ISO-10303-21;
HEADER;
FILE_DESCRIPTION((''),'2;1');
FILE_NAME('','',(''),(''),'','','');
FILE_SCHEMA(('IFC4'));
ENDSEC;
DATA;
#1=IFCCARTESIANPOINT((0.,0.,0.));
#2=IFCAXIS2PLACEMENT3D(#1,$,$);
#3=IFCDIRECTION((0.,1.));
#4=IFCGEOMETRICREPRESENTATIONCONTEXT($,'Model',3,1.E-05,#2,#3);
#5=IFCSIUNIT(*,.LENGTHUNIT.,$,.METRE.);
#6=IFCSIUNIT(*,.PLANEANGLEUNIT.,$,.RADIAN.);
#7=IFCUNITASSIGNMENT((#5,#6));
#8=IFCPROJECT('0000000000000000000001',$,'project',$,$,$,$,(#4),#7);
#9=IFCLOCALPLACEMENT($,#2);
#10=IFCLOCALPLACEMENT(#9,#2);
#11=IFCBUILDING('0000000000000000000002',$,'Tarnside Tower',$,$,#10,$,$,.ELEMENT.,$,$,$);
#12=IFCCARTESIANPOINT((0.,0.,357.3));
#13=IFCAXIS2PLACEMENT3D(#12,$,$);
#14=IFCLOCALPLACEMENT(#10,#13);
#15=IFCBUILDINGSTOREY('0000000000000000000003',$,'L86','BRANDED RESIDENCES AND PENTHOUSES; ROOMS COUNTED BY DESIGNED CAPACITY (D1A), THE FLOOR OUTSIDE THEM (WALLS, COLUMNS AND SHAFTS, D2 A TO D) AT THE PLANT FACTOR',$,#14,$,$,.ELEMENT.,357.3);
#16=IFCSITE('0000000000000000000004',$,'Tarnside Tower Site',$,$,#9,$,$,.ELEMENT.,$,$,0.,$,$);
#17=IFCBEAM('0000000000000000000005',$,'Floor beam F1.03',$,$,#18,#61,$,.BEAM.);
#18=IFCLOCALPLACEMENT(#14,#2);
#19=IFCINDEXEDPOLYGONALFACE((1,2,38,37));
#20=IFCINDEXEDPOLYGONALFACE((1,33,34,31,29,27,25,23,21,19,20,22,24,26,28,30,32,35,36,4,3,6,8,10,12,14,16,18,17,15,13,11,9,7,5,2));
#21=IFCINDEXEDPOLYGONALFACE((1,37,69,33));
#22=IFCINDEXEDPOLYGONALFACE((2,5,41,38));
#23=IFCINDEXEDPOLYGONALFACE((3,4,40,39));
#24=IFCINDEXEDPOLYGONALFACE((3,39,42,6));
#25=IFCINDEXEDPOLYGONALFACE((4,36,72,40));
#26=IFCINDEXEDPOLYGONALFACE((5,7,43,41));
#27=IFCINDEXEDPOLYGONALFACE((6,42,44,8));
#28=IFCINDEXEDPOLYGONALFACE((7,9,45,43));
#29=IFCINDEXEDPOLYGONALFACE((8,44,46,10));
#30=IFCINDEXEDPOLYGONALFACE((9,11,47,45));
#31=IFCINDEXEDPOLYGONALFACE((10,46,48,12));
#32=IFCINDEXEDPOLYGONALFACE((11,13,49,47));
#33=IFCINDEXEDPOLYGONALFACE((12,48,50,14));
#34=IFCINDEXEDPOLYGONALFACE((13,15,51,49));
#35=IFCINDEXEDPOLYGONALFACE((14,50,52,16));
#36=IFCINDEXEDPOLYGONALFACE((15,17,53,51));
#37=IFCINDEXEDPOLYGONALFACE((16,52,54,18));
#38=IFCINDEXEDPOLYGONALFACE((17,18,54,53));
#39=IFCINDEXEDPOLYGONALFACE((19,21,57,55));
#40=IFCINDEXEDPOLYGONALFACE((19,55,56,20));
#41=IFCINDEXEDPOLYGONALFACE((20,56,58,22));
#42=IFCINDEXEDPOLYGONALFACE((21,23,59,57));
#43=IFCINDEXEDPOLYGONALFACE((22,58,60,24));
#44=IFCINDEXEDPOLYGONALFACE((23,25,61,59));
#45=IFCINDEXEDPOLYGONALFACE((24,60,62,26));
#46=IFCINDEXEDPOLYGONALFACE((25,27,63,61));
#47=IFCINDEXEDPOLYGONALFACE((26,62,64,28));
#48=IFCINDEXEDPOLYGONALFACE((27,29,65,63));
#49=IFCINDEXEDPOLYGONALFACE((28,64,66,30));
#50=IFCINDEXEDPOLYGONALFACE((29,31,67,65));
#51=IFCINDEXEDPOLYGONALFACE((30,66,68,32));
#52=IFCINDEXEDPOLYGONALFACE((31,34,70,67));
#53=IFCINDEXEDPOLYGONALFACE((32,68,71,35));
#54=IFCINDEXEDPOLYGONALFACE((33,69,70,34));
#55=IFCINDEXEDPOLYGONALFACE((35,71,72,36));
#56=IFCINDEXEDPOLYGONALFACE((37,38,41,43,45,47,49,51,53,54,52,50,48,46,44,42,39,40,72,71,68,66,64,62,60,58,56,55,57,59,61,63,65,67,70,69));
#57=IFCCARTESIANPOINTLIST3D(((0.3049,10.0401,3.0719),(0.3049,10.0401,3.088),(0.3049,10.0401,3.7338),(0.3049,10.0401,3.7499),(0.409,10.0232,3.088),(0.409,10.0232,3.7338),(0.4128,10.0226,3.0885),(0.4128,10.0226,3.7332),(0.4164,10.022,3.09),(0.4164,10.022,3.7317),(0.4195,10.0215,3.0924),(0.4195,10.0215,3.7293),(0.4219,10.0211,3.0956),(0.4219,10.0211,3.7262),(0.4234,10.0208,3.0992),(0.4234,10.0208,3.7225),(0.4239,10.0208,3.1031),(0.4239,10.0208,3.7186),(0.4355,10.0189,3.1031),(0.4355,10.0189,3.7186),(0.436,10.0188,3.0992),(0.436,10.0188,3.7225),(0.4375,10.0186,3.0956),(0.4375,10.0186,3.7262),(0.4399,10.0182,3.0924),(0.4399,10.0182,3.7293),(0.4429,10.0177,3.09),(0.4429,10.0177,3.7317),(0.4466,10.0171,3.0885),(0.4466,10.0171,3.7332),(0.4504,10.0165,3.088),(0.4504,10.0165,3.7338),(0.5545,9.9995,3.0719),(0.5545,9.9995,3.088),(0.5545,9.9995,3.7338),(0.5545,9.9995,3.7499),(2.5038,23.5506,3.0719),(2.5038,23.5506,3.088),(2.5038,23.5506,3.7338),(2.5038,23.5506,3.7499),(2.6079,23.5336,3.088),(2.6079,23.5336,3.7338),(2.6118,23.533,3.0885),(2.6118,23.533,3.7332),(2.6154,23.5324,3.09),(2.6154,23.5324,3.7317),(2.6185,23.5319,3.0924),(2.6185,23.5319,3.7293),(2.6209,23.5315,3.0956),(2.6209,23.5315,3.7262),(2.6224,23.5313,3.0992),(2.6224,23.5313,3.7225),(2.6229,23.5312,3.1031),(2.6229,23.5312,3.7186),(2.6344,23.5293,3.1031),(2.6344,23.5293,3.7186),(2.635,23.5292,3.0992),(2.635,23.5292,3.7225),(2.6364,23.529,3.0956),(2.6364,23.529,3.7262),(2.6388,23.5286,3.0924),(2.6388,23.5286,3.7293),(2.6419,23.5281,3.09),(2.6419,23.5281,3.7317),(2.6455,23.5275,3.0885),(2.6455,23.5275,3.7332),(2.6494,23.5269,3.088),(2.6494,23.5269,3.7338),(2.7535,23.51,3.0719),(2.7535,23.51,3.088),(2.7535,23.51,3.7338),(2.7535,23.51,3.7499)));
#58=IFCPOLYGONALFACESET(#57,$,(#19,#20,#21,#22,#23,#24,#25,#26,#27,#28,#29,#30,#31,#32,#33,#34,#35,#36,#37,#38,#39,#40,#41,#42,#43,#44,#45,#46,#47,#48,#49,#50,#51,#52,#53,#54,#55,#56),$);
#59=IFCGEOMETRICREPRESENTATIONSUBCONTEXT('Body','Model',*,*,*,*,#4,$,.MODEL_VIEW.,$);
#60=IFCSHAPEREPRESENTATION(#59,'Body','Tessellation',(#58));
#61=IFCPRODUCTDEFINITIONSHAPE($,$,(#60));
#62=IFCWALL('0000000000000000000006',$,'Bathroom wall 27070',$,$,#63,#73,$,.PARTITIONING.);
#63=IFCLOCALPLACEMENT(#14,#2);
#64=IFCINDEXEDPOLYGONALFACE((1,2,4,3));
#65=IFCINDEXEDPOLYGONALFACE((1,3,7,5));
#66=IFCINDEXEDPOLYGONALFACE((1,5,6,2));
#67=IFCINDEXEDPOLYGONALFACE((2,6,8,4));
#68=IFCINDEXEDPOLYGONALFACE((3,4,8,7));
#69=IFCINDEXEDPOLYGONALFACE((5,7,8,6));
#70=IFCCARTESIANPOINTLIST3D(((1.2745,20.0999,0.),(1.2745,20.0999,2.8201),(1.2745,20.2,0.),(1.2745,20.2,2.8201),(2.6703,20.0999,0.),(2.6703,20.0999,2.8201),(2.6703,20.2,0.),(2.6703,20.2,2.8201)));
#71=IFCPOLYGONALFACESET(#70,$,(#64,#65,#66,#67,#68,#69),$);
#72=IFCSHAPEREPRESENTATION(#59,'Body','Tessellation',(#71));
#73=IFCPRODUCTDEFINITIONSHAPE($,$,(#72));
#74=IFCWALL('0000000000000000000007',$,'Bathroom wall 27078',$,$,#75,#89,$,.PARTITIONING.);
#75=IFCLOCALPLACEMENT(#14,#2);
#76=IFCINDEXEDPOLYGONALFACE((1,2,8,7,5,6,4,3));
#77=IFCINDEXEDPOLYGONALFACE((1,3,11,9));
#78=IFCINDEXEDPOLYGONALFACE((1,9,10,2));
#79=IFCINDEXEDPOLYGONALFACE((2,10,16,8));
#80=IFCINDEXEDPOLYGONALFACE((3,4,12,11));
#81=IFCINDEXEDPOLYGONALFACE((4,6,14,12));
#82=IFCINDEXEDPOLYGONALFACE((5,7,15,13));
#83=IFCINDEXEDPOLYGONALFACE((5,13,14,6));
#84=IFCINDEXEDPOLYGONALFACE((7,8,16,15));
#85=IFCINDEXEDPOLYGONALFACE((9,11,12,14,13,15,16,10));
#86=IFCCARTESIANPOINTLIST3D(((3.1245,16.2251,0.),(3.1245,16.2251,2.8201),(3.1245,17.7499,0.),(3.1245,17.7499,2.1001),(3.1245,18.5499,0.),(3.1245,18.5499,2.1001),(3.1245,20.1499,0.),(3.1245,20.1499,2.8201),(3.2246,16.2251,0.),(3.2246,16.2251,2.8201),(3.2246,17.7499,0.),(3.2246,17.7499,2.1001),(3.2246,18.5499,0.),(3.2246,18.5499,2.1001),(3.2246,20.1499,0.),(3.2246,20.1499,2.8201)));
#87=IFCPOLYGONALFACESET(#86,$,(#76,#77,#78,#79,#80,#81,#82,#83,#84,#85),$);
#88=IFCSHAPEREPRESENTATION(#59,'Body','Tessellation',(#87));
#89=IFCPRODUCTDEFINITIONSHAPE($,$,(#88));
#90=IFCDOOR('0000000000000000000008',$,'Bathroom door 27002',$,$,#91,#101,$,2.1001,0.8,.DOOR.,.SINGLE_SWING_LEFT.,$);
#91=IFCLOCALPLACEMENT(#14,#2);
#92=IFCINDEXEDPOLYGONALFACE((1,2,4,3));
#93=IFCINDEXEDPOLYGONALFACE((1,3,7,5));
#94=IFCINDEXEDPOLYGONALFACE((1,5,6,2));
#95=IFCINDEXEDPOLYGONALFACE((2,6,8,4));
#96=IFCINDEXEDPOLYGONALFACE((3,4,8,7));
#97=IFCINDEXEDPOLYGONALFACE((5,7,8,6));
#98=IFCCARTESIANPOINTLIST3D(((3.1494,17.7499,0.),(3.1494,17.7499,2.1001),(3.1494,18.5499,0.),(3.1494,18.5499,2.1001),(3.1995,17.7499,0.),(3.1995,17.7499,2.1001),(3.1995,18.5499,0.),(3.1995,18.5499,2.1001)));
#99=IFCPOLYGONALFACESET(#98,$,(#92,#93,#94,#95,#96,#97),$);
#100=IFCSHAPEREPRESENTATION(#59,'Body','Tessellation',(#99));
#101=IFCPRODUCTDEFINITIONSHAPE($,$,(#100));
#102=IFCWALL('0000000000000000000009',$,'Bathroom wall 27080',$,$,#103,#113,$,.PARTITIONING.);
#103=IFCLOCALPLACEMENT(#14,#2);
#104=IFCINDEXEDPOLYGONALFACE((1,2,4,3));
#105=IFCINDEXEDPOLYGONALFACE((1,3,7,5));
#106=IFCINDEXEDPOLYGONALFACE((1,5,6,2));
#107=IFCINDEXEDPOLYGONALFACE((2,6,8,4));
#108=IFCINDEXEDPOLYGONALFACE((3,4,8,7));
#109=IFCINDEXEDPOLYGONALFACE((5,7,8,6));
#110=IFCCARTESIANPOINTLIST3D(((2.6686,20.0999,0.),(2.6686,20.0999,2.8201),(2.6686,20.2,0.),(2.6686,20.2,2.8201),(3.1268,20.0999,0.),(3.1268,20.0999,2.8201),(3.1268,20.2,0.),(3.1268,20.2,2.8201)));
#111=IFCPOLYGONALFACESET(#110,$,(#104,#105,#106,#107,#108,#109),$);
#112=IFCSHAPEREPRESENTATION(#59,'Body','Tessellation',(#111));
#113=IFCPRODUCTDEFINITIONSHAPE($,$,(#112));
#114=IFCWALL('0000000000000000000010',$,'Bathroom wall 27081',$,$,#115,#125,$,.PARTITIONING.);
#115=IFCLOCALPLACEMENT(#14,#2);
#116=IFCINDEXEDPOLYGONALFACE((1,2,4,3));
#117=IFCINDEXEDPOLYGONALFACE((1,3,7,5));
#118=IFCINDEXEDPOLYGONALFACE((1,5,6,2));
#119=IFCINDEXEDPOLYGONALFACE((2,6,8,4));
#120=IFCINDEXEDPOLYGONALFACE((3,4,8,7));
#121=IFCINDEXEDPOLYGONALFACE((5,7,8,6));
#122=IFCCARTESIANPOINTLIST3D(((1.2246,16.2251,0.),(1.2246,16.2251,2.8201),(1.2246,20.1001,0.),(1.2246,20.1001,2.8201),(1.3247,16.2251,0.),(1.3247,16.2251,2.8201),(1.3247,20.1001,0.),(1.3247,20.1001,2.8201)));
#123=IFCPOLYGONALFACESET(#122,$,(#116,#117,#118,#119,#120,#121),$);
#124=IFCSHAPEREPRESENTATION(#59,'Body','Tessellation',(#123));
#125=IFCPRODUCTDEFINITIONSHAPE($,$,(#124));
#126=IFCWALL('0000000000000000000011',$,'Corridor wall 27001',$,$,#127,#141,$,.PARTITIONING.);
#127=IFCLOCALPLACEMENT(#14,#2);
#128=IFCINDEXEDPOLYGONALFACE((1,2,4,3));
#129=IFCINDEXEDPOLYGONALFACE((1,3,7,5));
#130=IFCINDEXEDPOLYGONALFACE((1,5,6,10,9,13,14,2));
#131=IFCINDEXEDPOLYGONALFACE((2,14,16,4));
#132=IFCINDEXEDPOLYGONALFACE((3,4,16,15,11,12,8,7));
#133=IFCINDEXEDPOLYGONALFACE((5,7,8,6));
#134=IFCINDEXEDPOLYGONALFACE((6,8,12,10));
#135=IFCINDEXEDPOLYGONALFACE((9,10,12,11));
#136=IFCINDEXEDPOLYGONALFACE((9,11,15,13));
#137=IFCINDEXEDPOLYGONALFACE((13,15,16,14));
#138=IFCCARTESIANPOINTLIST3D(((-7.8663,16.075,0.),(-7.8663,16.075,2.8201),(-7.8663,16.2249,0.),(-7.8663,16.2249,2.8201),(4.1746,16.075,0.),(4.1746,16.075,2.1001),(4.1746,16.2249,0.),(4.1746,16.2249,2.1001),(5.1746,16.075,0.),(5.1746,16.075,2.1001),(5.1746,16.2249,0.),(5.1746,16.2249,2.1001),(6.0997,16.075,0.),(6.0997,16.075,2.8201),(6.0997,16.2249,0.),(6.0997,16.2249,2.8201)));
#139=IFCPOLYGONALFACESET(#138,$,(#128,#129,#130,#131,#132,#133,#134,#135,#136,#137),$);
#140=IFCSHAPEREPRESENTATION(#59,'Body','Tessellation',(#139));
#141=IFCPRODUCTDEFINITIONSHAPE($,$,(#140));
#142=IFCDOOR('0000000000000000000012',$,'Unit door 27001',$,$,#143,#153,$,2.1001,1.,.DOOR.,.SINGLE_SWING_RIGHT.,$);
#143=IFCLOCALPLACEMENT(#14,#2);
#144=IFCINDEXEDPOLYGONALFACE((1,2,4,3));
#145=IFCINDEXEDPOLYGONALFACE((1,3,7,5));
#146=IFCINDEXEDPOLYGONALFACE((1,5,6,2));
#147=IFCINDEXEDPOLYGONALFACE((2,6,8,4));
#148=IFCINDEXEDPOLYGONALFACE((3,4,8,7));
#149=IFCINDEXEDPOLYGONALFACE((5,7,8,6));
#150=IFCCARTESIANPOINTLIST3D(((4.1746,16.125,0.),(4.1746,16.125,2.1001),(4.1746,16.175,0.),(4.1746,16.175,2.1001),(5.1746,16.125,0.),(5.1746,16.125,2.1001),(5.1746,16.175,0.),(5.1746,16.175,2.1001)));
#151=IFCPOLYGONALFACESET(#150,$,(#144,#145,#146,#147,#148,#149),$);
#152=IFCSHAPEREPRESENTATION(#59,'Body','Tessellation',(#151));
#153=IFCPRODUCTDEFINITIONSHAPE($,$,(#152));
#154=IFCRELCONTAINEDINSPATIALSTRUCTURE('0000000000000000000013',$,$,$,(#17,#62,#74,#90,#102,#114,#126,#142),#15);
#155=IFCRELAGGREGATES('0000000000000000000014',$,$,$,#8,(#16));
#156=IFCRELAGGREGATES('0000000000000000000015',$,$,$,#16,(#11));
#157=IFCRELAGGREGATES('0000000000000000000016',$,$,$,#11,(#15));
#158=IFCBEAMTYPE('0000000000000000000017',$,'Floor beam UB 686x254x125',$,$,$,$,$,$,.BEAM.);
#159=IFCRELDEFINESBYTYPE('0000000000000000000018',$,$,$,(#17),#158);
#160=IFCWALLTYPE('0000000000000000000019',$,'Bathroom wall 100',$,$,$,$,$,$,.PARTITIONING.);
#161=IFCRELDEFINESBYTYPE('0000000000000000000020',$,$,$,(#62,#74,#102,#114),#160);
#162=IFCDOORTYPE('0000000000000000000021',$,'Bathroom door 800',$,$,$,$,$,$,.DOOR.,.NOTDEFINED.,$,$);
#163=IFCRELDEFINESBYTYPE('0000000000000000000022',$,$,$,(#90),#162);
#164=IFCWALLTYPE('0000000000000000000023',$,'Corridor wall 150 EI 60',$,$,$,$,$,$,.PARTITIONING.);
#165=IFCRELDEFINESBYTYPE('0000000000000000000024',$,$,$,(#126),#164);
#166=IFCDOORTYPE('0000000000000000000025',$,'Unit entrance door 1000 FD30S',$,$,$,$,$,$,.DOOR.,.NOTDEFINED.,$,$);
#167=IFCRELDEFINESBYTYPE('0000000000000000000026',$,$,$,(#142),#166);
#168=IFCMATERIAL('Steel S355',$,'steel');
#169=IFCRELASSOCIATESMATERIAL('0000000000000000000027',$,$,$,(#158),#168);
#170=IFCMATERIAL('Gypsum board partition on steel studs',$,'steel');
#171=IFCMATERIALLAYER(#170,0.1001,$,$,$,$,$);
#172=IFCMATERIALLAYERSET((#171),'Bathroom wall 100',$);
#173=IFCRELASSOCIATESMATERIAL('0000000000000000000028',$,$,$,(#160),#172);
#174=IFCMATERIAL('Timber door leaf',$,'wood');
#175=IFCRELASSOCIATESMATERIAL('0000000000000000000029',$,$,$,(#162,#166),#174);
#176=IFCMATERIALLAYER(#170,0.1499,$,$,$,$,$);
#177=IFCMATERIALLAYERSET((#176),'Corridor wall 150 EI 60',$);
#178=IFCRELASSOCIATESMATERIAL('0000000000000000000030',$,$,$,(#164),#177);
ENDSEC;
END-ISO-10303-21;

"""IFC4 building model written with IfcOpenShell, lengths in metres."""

from ifc_helpers import new_model, si_unit, direction, frame, frame_2d, origin, origin_2d, place, context, subcontext, project, spatial, rectangle, i_section, extrude, material, layer, layer_set, material_profile, profile_set, type_object, element, fill, save


model = new_model("IFC4")

# Units and contexts
model_context = context("Model", 3, precision=1e-05, world=origin(), true_north=direction((0.0, 1.0)))
body_context = subcontext(model_context, "Body", "Model", "MODEL_VIEW")
ifc_project = project(units=[si_unit("LENGTHUNIT", "METRE"), si_unit("PLANEANGLEUNIT", "RADIAN")], contexts=[model_context])

# Site, building, storey
site_placement = place(None, origin())
site = spatial("IfcSite", under=ifc_project, at=site_placement, Name="Tarnside Tower Site", CompositionType="ELEMENT", RefElevation=0.0)
building_placement = place(site_placement, origin())
building = spatial("IfcBuilding", under=site, at=building_placement, Name="Tarnside Tower", CompositionType="ELEMENT")
storey_placement = place(building_placement, frame((0.0, 0.0, 357.3)))
storey = spatial("IfcBuildingStorey", under=building, at=storey_placement, Name="L86", Description="BRANDED RESIDENCES AND PENTHOUSES; ROOMS COUNTED BY DESIGNED CAPACITY (D1A), THE FLOOR OUTSIDE THEM (WALLS, COLUMNS AND SHAFTS, D2 A TO D) AT THE PLANT FACTOR", CompositionType="ELEMENT", Elevation=357.3)

# Beam
ifc_material_1 = material(Name="Steel S355", Category="steel")
ifc_material_profile = material_profile(ifc_material_1, i_section(OverallWidth=0.2529, OverallDepth=0.678, WebThickness=0.0117, FlangeThickness=0.0161, FilletRadius=0.0151, at=origin_2d()), Name="UB 686x254x125")
ifc_profile_set = profile_set([ifc_material_profile], Name="Steel S355")
beam_type = type_object("IfcBeamType", Name="Floor beam UB 686x254x125", PredefinedType="BEAM", material=ifc_profile_set)
beam_placement = place(storey_placement, frame((2.6287, 23.5303, 3.4109), z_axis=(-0.160647, -0.987012, 0.0), x_axis=(0.987012, -0.160647, 0.0)))
element("IfcBeam", 1, at=beam_placement, inside=storey, type_object=beam_type, Name="Floor beam F1.03", PredefinedType="BEAM", context=body_context, shape_type="SweptSolid", body=[
    extrude(i_section(OverallWidth=0.2529, OverallDepth=0.678, WebThickness=0.0117, FlangeThickness=0.0161, FilletRadius=0.0151, at=origin_2d()), origin(), (0.0, 0.0, 1.0), 13.6882),
])

# Wall
ifc_material_2 = material(Name="Gypsum board partition on steel studs", Category="steel")
ifc_layer_1 = layer(ifc_material_2, 0.1001)
ifc_layer_set_1 = layer_set([ifc_layer_1], Name="Bathroom wall 100")
wall_type_1 = type_object("IfcWallType", Name="Bathroom wall 100", PredefinedType="PARTITIONING", material=ifc_layer_set_1)
wall_1_placement = place(storey_placement, frame((1.2747, 20.1499, 0.0), z_axis=(0.0, 0.0, 1.0), x_axis=(1.0, 0.0, 0.0)))
element("IfcWall", 2, at=wall_1_placement, inside=storey, type_object=wall_type_1, Name="Bathroom wall 27070", PredefinedType="PARTITIONING", context=body_context, shape_type="SweptSolid", body=[
    extrude(rectangle(XDim=1.3958, YDim=0.1001, at=frame_2d((0.6978, 0.0))), origin(), (0.0, 0.0, 1.0), 2.8201),
])

# Wall, opening, door
wall_2_placement = place(storey_placement, frame((3.1746, 20.1499, 0.0), z_axis=(0.0, 0.0, 1.0), x_axis=(0.0, -1.0, 0.0)))
wall_2 = element("IfcWall", 3, at=wall_2_placement, inside=storey, type_object=wall_type_1, Name="Bathroom wall 27078", PredefinedType="PARTITIONING", context=body_context, shape_type="SweptSolid", body=[
    extrude(rectangle(XDim=3.9248, YDim=0.1001, at=frame_2d((1.9624, 0.0))), origin(), (0.0, 0.0, 1.0), 2.8201),
])
opening_1_placement = place(wall_2_placement, frame((1.6001, 0.0, 0.0)))
opening_1 = element("IfcOpeningElement", 4, at=opening_1_placement, cuts=wall_2, PredefinedType="OPENING", context=body_context, shape_type="SweptSolid", body=[
    extrude(rectangle(XDim=0.8, YDim=2.1001, at=frame_2d((0.3999, 1.05))), frame((0.0, 0.0601, 0.0), z_axis=(0.0, -1.0, 0.0), x_axis=(1.0, 0.0, 0.0)), (0.0, 0.0, 1.0), 0.1201),
])
ifc_material_3 = material(Name="Timber door leaf", Category="wood")
door_type_1 = type_object("IfcDoorType", Name="Bathroom door 800", OperationType="NOTDEFINED", PredefinedType="DOOR", material=ifc_material_3)
door_1_placement = place(opening_1_placement, origin())
door_1 = element("IfcDoor", 5, at=door_1_placement, inside=storey, type_object=door_type_1, Name="Bathroom door 27002", OperationType="SINGLE_SWING_LEFT", OverallHeight=2.1001, OverallWidth=0.8, PredefinedType="DOOR", context=body_context, shape_type="SweptSolid", body=[
    extrude(rectangle(XDim=0.8, YDim=2.1001, at=frame_2d((0.3999, 1.05))), frame((0.0, 0.0249, 0.0), z_axis=(0.0, -1.0, 0.0), x_axis=(1.0, 0.0, 0.0)), (0.0, 0.0, 1.0), 0.05),
])
fill(opening_1, door_1)

# Walls
wall_3_placement = place(storey_placement, frame((3.1267, 20.1499, 0.0), z_axis=(0.0, 0.0, 1.0), x_axis=(-1.0, 0.0, 0.0)))
element("IfcWall", 6, at=wall_3_placement, inside=storey, type_object=wall_type_1, Name="Bathroom wall 27080", PredefinedType="PARTITIONING", context=body_context, shape_type="SweptSolid", body=[
    extrude(rectangle(XDim=0.4583, YDim=0.1001, at=frame_2d((0.229, 0.0))), origin(), (0.0, 0.0, 1.0), 2.8201),
])
wall_4_placement = place(storey_placement, frame((1.2747, 20.1001, 0.0), z_axis=(0.0, 0.0, 1.0), x_axis=(0.0, -1.0, 0.0)))
element("IfcWall", 7, at=wall_4_placement, inside=storey, type_object=wall_type_1, Name="Bathroom wall 27081", PredefinedType="PARTITIONING", context=body_context, shape_type="SweptSolid", body=[
    extrude(rectangle(XDim=3.875, YDim=0.1001, at=frame_2d((1.9375, 0.0))), origin(), (0.0, 0.0, 1.0), 2.8201),
])

# Wall, opening, door
ifc_layer_2 = layer(ifc_material_2, 0.1499)
ifc_layer_set_2 = layer_set([ifc_layer_2], Name="Corridor wall 150 EI 60")
wall_type_2 = type_object("IfcWallType", Name="Corridor wall 150 EI 60", PredefinedType="PARTITIONING", material=ifc_layer_set_2)
wall_5_placement = place(storey_placement, frame((6.0996, 16.1499, 0.0), z_axis=(0.0, 0.0, 1.0), x_axis=(-1.0, 0.0, 0.0)))
wall_5 = element("IfcWall", 8, at=wall_5_placement, inside=storey, type_object=wall_type_2, Name="Corridor wall 27001", PredefinedType="PARTITIONING", context=body_context, shape_type="SweptSolid", body=[
    extrude(rectangle(XDim=13.9661, YDim=0.1499, at=frame_2d((6.9829, 0.0))), origin(), (0.0, 0.0, 1.0), 2.8201),
])
opening_2_placement = place(wall_5_placement, frame((0.925, 0.0, 0.0)))
opening_2 = element("IfcOpeningElement", 9, at=opening_2_placement, cuts=wall_5, PredefinedType="OPENING", context=body_context, shape_type="SweptSolid", body=[
    extrude(rectangle(XDim=1.0, YDim=2.1001, at=frame_2d((0.5, 1.05))), frame((0.0, 0.085, 0.0), z_axis=(0.0, -1.0, 0.0), x_axis=(1.0, 0.0, 0.0)), (0.0, 0.0, 1.0), 0.1699),
])
door_type_2 = type_object("IfcDoorType", Name="Unit entrance door 1000 FD30S", OperationType="NOTDEFINED", PredefinedType="DOOR", material=ifc_material_3)
door_2_placement = place(opening_2_placement, origin())
door_2 = element("IfcDoor", 10, at=door_2_placement, inside=storey, type_object=door_type_2, Name="Unit door 27001", OperationType="SINGLE_SWING_RIGHT", OverallHeight=2.1001, OverallWidth=1.0, PredefinedType="DOOR", context=body_context, shape_type="SweptSolid", body=[
    extrude(rectangle(XDim=1.0, YDim=2.1001, at=frame_2d((0.5, 1.05))), frame((0.0, 0.0249, 0.0), z_axis=(0.0, -1.0, 0.0), x_axis=(1.0, 0.0, 0.0)), (0.0, 0.0, 1.0), 0.05),
])
fill(opening_2, door_2)

save(model, "model.ifc")
